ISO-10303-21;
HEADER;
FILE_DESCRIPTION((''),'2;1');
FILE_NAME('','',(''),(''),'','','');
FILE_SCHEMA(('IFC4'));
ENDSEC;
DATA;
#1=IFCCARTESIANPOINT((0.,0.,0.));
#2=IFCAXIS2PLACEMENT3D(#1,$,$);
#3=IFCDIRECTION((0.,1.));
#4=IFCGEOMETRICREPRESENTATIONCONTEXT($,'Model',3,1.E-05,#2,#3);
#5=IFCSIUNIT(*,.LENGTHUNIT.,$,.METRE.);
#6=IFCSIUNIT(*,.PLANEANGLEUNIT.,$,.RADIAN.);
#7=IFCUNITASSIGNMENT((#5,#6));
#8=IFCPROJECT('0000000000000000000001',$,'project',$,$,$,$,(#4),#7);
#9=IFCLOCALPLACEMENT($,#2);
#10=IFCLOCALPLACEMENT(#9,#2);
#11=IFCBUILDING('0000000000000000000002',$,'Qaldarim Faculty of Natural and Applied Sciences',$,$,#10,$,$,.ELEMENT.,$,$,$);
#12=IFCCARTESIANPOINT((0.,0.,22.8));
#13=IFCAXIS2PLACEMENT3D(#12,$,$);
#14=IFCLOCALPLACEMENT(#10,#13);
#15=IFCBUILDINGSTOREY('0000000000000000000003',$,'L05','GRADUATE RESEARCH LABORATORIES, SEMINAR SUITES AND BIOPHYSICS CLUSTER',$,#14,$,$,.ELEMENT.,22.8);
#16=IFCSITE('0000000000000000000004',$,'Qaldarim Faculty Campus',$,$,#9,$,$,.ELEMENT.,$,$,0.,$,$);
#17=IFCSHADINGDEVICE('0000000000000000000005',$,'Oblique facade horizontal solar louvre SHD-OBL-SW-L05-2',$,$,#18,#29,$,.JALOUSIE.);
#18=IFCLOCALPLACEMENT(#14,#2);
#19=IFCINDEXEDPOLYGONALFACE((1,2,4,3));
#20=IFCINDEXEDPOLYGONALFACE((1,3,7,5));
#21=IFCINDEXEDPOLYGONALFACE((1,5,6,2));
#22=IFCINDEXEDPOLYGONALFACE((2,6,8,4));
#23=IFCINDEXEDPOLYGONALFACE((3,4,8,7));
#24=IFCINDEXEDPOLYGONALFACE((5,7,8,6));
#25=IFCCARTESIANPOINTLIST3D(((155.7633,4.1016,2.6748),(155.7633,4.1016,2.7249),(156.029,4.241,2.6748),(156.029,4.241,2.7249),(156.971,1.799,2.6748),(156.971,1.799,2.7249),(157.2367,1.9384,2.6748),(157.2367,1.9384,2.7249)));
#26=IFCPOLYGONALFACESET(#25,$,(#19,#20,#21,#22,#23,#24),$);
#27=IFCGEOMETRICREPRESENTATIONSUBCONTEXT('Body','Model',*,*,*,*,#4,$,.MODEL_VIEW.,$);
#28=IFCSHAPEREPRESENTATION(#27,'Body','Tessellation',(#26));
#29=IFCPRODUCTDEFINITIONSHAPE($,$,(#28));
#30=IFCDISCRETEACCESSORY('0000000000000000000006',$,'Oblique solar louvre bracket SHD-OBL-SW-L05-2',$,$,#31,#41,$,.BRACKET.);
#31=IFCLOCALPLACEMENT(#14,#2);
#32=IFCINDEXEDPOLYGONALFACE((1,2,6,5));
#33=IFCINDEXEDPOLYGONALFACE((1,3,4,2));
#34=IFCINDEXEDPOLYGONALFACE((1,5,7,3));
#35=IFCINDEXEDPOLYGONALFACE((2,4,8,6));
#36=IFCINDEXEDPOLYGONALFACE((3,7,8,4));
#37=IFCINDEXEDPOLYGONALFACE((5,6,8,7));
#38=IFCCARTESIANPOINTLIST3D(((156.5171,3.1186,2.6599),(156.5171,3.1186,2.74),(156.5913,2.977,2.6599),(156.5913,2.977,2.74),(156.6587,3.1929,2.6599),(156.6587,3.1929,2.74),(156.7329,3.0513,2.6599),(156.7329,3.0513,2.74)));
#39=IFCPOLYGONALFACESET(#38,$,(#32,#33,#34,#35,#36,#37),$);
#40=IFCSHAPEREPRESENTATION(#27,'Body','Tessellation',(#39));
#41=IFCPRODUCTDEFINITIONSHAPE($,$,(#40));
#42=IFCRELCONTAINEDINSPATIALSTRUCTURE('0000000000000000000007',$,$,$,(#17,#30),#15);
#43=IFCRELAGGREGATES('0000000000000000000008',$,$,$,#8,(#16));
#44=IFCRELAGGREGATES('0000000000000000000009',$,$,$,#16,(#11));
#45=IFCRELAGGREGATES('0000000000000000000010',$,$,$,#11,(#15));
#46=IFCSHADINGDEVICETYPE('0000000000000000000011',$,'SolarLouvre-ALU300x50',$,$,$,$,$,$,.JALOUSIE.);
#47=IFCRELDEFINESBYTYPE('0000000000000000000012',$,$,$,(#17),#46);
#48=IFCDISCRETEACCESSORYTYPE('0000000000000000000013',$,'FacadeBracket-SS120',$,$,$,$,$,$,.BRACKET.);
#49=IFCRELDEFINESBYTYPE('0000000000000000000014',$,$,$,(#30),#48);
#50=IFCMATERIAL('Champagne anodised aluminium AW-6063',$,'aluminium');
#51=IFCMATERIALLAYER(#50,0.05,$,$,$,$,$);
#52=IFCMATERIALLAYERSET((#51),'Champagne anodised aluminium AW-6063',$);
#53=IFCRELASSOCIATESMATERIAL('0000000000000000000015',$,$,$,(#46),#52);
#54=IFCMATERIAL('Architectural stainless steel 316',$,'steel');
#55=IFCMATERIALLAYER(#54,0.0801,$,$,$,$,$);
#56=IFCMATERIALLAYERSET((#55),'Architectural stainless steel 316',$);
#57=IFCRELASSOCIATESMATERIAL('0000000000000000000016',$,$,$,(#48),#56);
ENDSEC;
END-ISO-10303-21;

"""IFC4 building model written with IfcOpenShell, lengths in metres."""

from ifc_helpers import new_model, si_unit, direction, frame, origin, origin_2d, place, context, subcontext, project, spatial, rectangle, extrude, material, layer, layer_set, type_object, element, save


model = new_model("IFC4")

# Units and contexts
model_context = context("Model", 3, precision=1e-05, world=origin(), true_north=direction((0.0, 1.0)))
body_context = subcontext(model_context, "Body", "Model", "MODEL_VIEW")
ifc_project = project(units=[si_unit("LENGTHUNIT", "METRE"), si_unit("PLANEANGLEUNIT", "RADIAN")], contexts=[model_context])

# Site, building, storey
site_placement = place(None, origin())
site = spatial("IfcSite", under=ifc_project, at=site_placement, Name="Qaldarim Faculty Campus", CompositionType="ELEMENT", RefElevation=0.0)
building_placement = place(site_placement, origin())
building = spatial("IfcBuilding", under=site, at=building_placement, Name="Qaldarim Faculty of Natural and Applied Sciences", CompositionType="ELEMENT")
storey_placement = place(building_placement, frame((0.0, 0.0, 22.8)))
storey = spatial("IfcBuildingStorey", under=building, at=storey_placement, Name="L05", Description="GRADUATE RESEARCH LABORATORIES, SEMINAR SUITES AND BIOPHYSICS CLUSTER", CompositionType="ELEMENT", Elevation=22.8)

# Shading device
ifc_material_1 = material(Name="Champagne anodised aluminium AW-6063", Category="aluminium")
ifc_layer_1 = layer(ifc_material_1, 0.05)
ifc_layer_set_1 = layer_set([ifc_layer_1], Name="Champagne anodised aluminium AW-6063")
shading_device_type = type_object("IfcShadingDeviceType", Name="SolarLouvre-ALU300x50", PredefinedType="JALOUSIE", material=ifc_layer_set_1)
shading_device_placement = place(storey_placement, frame((156.5, 3.02, 2.6748), z_axis=(0.0, 0.0, 1.0), x_axis=(0.464471, -0.885588, 0.0)))
element("IfcShadingDevice", 1, at=shading_device_placement, inside=storey, type_object=shading_device_type, Name="Oblique facade horizontal solar louvre SHD-OBL-SW-L05-2", PredefinedType="JALOUSIE", context=body_context, shape_type="SweptSolid", body=[
    extrude(rectangle(XDim=2.6001, YDim=0.3, at=origin_2d()), origin(), (0.0, 0.0, 1.0), 0.05),
])

# Discrete accessory
ifc_material_2 = material(Name="Architectural stainless steel 316", Category="steel")
ifc_layer_2 = layer(ifc_material_2, 0.0801)
ifc_layer_set_2 = layer_set([ifc_layer_2], Name="Architectural stainless steel 316")
discrete_accessory_type = type_object("IfcDiscreteAccessoryType", Name="FacadeBracket-SS120", PredefinedType="BRACKET", material=ifc_layer_set_2)
discrete_accessory_placement = place(storey_placement, frame((156.625, 3.085, 2.6599), z_axis=(0.0, 0.0, 1.0), x_axis=(0.464471, -0.885588, 0.0)))
element("IfcDiscreteAccessory", 2, at=discrete_accessory_placement, inside=storey, type_object=discrete_accessory_type, Name="Oblique solar louvre bracket SHD-OBL-SW-L05-2", PredefinedType="BRACKET", context=body_context, shape_type="SweptSolid", body=[
    extrude(rectangle(XDim=0.1599, YDim=0.1599, at=origin_2d()), origin(), (0.0, 0.0, 1.0), 0.0801),
])

save(model, "model.ifc")
